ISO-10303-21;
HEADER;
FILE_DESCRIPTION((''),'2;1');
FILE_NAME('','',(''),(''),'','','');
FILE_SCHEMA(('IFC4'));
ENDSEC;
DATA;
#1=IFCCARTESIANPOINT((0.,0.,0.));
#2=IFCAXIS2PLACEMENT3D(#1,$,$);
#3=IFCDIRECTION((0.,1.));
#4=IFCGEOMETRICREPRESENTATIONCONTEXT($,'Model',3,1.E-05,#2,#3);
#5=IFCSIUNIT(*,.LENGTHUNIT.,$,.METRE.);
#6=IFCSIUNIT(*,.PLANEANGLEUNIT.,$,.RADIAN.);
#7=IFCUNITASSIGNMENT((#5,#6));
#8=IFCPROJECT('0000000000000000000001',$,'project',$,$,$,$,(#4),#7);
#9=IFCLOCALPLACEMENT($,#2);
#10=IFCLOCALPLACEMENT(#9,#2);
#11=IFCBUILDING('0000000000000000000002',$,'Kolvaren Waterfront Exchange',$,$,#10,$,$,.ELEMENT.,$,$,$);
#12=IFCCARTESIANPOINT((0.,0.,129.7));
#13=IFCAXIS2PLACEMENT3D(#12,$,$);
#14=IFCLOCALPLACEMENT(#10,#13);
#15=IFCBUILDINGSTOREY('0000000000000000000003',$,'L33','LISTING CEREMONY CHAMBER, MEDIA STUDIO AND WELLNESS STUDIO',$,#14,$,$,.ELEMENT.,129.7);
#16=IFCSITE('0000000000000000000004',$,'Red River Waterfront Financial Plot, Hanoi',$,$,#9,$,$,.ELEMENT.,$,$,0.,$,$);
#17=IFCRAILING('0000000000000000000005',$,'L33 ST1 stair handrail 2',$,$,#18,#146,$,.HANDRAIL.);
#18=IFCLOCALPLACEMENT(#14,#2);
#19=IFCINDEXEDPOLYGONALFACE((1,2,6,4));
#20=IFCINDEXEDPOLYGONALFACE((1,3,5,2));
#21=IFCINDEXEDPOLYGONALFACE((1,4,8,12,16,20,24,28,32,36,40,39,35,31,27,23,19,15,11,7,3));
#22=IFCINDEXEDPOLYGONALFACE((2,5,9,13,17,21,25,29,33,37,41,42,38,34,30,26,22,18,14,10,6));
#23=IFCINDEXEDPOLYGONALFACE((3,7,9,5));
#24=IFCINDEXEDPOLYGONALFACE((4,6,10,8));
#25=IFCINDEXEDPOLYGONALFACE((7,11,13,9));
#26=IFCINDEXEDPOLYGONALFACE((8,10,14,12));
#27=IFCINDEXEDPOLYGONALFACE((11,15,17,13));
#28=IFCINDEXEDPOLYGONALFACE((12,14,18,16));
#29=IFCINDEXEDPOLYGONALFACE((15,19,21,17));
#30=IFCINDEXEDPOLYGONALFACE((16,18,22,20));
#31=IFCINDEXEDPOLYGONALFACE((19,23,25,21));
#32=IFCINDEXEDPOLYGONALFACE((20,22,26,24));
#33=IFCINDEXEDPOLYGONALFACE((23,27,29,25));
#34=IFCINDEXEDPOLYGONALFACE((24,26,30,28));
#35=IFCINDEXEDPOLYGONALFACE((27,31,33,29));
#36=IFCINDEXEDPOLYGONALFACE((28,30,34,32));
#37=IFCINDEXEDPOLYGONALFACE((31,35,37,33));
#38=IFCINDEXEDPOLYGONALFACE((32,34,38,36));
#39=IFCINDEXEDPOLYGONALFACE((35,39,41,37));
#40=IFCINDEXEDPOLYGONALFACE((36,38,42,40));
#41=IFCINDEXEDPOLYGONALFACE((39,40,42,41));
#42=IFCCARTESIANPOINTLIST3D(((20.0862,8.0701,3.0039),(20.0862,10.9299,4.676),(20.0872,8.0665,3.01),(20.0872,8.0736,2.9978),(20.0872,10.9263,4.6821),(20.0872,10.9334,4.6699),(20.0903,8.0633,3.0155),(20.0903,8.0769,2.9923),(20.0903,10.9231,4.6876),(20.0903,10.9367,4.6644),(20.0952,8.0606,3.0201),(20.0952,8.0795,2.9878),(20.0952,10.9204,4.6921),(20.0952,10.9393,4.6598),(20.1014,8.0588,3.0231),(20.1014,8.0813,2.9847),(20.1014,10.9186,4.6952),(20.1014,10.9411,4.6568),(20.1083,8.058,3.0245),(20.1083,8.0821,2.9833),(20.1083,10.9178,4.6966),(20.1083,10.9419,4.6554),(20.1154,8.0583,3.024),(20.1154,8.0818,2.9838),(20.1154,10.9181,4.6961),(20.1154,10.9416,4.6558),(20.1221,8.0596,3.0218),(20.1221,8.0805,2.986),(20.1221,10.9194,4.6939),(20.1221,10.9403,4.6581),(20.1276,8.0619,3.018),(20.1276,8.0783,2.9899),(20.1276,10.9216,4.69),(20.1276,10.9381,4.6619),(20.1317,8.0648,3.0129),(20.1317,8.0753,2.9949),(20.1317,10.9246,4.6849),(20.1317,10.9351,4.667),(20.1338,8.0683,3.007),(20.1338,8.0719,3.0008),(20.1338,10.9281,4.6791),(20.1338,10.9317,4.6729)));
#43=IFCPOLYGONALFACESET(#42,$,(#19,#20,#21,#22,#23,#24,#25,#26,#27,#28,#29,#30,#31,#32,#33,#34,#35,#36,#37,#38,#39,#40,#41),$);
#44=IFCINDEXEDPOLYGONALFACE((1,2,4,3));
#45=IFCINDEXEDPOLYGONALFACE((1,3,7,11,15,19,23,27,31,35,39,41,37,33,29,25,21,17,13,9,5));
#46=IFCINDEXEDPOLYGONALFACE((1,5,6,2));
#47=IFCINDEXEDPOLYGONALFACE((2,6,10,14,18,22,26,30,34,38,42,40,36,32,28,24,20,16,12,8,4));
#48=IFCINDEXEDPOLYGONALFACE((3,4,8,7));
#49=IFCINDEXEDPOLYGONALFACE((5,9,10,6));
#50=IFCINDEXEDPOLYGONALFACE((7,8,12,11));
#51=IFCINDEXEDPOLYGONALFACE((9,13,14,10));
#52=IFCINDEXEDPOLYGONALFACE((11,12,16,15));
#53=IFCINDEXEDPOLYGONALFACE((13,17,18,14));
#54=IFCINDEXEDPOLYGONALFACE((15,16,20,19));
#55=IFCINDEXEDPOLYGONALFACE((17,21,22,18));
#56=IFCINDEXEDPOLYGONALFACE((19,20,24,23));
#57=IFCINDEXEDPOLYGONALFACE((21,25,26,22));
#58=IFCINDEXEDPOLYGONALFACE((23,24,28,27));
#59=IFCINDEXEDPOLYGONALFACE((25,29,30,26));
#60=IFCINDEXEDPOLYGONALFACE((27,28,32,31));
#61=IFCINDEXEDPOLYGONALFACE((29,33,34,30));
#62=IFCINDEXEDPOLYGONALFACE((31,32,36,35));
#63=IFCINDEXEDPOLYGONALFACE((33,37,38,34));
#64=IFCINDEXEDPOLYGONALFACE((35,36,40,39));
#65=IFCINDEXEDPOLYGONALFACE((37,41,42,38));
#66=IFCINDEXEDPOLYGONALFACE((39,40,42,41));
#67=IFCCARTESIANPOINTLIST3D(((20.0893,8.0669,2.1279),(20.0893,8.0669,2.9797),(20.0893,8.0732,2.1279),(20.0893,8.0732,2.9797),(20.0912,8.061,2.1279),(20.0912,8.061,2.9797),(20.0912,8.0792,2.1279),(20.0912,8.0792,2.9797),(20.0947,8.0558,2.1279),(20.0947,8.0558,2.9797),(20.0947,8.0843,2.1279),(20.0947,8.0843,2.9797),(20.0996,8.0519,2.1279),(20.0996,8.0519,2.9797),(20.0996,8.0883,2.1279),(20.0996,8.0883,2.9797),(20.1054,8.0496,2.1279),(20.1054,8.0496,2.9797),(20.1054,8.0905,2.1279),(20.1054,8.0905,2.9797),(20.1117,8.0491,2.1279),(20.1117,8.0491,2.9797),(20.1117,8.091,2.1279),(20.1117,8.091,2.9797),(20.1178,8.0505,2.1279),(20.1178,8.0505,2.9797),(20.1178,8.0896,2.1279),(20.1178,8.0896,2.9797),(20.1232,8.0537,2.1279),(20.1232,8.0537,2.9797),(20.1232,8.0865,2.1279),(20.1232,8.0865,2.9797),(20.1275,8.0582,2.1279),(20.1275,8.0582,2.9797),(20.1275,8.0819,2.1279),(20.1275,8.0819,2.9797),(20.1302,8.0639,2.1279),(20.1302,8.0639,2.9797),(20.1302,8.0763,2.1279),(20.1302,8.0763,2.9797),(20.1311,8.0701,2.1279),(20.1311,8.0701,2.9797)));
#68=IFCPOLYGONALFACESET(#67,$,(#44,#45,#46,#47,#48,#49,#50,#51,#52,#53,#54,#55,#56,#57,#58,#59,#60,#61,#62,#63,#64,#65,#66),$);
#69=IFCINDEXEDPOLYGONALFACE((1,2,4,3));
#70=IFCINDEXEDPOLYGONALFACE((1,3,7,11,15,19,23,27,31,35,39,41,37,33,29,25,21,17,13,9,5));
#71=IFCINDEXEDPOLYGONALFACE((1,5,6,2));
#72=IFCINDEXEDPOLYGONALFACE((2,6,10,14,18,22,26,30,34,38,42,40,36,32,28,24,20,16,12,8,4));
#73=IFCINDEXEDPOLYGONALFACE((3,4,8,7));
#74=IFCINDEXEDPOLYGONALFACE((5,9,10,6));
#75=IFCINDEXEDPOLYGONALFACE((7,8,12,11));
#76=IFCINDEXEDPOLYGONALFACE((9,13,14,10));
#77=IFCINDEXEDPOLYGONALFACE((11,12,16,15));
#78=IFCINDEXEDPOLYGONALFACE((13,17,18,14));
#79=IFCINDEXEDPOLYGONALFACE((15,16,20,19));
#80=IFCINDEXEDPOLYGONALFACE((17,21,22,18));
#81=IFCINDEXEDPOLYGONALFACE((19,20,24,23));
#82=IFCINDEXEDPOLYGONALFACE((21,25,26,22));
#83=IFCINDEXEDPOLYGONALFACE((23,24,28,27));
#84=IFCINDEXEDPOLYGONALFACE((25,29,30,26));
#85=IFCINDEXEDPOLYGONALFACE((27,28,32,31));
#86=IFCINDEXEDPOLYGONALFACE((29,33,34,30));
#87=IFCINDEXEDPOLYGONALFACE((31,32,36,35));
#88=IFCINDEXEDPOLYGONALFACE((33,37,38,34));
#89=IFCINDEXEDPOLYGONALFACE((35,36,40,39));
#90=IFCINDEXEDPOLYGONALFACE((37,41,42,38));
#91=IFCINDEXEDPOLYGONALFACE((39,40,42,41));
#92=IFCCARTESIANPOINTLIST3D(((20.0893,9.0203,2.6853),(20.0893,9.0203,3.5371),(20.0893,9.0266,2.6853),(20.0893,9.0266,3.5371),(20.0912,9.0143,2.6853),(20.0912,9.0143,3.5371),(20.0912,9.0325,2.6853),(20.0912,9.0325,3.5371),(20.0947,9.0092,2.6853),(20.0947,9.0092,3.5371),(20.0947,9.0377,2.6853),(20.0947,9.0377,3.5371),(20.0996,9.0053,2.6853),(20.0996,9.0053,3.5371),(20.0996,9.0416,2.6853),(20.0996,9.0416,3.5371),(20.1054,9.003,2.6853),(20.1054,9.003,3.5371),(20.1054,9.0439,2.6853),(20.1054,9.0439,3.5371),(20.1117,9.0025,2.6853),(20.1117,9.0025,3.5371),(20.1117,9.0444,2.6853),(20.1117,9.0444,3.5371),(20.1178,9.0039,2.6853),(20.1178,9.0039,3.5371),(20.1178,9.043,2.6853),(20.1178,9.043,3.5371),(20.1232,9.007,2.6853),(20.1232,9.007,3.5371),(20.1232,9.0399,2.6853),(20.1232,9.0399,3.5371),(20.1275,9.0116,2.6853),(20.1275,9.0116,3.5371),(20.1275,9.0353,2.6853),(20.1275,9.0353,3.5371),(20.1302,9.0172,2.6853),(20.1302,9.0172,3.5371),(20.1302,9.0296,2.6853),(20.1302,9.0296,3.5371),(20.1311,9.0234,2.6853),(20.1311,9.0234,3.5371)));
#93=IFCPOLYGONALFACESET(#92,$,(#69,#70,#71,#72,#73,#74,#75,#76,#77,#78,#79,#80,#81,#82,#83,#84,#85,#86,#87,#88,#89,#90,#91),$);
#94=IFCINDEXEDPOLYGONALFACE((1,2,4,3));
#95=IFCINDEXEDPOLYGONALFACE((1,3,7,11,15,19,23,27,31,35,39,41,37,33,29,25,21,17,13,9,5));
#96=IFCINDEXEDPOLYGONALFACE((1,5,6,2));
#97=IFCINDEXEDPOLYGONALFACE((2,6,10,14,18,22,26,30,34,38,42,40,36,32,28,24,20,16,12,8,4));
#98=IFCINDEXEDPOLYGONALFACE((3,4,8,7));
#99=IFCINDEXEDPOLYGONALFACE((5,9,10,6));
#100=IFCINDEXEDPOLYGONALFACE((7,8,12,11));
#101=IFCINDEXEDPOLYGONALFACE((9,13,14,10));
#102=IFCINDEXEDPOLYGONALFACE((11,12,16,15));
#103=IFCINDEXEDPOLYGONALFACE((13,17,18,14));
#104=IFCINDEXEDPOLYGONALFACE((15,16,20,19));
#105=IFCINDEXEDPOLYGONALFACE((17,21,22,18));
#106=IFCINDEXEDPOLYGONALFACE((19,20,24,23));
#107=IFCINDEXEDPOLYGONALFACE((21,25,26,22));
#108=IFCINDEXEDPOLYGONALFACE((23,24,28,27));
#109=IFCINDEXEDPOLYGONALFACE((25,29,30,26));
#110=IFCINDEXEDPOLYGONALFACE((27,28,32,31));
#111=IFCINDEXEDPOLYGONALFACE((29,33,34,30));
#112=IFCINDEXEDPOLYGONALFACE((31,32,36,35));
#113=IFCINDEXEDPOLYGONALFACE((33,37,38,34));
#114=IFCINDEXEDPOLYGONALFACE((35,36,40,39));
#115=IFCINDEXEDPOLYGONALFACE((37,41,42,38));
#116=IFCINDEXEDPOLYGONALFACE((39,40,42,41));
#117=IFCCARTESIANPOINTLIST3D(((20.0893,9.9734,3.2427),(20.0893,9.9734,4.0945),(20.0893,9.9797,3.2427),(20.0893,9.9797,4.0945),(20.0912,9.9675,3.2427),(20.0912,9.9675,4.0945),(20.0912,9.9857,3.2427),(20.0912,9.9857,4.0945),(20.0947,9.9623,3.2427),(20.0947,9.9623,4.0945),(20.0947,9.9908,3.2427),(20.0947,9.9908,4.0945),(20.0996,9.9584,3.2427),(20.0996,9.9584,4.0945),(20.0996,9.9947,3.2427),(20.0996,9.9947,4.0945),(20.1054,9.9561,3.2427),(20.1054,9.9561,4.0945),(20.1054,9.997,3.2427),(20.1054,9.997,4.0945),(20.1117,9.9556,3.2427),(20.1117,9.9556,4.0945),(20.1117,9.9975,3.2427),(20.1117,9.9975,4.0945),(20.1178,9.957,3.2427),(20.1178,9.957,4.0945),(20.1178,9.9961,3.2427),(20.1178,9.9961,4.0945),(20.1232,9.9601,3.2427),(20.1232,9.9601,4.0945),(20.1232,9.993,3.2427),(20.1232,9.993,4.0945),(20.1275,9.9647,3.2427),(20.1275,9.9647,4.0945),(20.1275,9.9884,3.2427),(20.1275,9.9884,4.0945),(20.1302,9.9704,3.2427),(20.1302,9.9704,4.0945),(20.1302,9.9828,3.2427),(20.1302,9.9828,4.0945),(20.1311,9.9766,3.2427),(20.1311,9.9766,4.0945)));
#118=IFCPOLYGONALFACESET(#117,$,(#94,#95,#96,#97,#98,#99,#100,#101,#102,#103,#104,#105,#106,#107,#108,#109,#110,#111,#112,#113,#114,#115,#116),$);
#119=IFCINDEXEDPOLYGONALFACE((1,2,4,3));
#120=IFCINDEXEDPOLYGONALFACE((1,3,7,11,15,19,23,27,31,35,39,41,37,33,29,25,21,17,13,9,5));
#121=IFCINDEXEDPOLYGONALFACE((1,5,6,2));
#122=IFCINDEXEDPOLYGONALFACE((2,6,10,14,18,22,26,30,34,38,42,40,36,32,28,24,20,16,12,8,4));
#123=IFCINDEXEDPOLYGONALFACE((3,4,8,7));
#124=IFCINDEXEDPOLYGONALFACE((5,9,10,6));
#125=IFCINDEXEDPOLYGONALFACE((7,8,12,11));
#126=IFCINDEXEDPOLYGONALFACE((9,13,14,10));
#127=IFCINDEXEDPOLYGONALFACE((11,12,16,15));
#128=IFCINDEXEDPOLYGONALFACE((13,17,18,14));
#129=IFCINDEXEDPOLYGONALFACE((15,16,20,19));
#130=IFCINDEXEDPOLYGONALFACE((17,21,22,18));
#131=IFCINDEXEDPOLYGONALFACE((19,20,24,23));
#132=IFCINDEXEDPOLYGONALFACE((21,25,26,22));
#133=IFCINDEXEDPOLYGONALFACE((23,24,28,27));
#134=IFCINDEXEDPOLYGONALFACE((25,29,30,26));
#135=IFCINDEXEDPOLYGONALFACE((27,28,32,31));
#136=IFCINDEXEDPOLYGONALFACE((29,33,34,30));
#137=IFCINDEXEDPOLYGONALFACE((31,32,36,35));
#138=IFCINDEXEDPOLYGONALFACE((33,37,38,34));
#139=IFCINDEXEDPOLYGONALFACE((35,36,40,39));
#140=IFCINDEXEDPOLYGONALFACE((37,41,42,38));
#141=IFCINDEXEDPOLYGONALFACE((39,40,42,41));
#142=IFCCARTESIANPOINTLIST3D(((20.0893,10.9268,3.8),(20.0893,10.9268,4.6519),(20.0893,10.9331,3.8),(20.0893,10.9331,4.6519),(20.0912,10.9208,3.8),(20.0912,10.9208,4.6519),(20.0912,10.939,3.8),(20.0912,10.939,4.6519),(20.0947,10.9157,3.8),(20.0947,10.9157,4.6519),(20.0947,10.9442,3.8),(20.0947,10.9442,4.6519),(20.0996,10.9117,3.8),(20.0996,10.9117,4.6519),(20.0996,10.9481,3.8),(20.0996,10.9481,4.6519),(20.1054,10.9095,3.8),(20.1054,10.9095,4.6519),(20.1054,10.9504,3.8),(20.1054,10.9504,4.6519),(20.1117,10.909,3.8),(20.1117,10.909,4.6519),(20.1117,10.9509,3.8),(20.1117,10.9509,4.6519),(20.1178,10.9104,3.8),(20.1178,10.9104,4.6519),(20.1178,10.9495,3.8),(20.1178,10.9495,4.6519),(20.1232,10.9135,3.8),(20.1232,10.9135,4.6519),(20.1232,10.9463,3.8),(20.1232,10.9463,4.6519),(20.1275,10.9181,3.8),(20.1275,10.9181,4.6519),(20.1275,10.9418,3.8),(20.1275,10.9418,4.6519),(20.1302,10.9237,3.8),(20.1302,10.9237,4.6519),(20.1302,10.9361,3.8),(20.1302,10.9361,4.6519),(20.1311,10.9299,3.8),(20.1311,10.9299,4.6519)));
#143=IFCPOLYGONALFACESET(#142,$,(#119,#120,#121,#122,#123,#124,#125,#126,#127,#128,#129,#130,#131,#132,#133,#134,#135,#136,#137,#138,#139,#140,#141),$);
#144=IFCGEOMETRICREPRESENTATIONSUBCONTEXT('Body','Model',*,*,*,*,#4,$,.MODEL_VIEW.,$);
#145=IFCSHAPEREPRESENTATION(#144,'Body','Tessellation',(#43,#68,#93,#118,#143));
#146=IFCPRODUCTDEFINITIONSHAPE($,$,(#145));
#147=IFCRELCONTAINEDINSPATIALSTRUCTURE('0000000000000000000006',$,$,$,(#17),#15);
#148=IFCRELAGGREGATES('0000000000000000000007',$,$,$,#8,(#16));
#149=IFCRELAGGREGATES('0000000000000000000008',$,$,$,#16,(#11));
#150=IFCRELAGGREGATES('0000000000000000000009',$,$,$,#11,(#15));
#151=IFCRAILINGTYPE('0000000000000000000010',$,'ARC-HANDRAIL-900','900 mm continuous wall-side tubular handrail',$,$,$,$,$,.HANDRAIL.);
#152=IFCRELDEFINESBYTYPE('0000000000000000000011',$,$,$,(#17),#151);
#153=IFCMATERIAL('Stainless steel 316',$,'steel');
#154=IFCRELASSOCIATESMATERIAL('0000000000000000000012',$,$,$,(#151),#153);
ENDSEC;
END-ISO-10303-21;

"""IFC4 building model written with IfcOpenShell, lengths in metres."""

from ifc_helpers import new_model, si_unit, direction, frame, origin, origin_2d, place, context, subcontext, project, spatial, circle, extrude, material, type_object, element, save


model = new_model("IFC4")

# Units and contexts
model_context = context("Model", 3, precision=1e-05, world=origin(), true_north=direction((0.0, 1.0)))
body_context = subcontext(model_context, "Body", "Model", "MODEL_VIEW")
ifc_project = project(units=[si_unit("LENGTHUNIT", "METRE"), si_unit("PLANEANGLEUNIT", "RADIAN")], contexts=[model_context])

# Site, building, storey
site_placement = place(None, origin())
site = spatial("IfcSite", under=ifc_project, at=site_placement, Name="Red River Waterfront Financial Plot, Hanoi", CompositionType="ELEMENT", RefElevation=0.0)
building_placement = place(site_placement, origin())
building = spatial("IfcBuilding", under=site, at=building_placement, Name="Kolvaren Waterfront Exchange", CompositionType="ELEMENT")
storey_placement = place(building_placement, frame((0.0, 0.0, 129.7)))
storey = spatial("IfcBuildingStorey", under=building, at=storey_placement, Name="L33", Description="LISTING CEREMONY CHAMBER, MEDIA STUDIO AND WELLNESS STUDIO", CompositionType="ELEMENT", Elevation=129.7)

# Railing
ifc_material_1 = material(Name="Stainless steel 316", Category="steel")
railing_type_1 = type_object("IfcRailingType", Name="ARC-HANDRAIL-900", Description="900 mm continuous wall-side tubular handrail", PredefinedType="HANDRAIL", material=ifc_material_1)
railing_1_placement = place(storey_placement, frame((20.1101, 8.0701, 2.1279)))
element("IfcRailing", 1, at=railing_1_placement, inside=storey, type_object=railing_type_1, Name="L33 ST1 stair handrail 2", PredefinedType="HANDRAIL", context=body_context, shape_type="SweptSolid", body=[
    extrude(circle(Radius=0.0239, at=origin_2d()), frame((0.0, 0.0, 0.876), z_axis=(0.0, 0.863271, 0.504741), x_axis=(-1.0, 0.0, 0.0)), (0.0, 0.0, 1.0), 3.3127),
    extrude(circle(Radius=0.021, at=origin_2d()), origin(), (0.0, 0.0, 1.0), 0.8518),
    extrude(circle(Radius=0.021, at=origin_2d()), frame((0.0, 0.9534, 0.5574)), (0.0, 0.0, 1.0), 0.8518),
    extrude(circle(Radius=0.021, at=origin_2d()), frame((0.0, 1.9065, 1.1147)), (0.0, 0.0, 1.0), 0.8518),
    extrude(circle(Radius=0.021, at=origin_2d()), frame((0.0, 2.8599, 1.6721)), (0.0, 0.0, 1.0), 0.8518),
])

save(model, "model.ifc")
